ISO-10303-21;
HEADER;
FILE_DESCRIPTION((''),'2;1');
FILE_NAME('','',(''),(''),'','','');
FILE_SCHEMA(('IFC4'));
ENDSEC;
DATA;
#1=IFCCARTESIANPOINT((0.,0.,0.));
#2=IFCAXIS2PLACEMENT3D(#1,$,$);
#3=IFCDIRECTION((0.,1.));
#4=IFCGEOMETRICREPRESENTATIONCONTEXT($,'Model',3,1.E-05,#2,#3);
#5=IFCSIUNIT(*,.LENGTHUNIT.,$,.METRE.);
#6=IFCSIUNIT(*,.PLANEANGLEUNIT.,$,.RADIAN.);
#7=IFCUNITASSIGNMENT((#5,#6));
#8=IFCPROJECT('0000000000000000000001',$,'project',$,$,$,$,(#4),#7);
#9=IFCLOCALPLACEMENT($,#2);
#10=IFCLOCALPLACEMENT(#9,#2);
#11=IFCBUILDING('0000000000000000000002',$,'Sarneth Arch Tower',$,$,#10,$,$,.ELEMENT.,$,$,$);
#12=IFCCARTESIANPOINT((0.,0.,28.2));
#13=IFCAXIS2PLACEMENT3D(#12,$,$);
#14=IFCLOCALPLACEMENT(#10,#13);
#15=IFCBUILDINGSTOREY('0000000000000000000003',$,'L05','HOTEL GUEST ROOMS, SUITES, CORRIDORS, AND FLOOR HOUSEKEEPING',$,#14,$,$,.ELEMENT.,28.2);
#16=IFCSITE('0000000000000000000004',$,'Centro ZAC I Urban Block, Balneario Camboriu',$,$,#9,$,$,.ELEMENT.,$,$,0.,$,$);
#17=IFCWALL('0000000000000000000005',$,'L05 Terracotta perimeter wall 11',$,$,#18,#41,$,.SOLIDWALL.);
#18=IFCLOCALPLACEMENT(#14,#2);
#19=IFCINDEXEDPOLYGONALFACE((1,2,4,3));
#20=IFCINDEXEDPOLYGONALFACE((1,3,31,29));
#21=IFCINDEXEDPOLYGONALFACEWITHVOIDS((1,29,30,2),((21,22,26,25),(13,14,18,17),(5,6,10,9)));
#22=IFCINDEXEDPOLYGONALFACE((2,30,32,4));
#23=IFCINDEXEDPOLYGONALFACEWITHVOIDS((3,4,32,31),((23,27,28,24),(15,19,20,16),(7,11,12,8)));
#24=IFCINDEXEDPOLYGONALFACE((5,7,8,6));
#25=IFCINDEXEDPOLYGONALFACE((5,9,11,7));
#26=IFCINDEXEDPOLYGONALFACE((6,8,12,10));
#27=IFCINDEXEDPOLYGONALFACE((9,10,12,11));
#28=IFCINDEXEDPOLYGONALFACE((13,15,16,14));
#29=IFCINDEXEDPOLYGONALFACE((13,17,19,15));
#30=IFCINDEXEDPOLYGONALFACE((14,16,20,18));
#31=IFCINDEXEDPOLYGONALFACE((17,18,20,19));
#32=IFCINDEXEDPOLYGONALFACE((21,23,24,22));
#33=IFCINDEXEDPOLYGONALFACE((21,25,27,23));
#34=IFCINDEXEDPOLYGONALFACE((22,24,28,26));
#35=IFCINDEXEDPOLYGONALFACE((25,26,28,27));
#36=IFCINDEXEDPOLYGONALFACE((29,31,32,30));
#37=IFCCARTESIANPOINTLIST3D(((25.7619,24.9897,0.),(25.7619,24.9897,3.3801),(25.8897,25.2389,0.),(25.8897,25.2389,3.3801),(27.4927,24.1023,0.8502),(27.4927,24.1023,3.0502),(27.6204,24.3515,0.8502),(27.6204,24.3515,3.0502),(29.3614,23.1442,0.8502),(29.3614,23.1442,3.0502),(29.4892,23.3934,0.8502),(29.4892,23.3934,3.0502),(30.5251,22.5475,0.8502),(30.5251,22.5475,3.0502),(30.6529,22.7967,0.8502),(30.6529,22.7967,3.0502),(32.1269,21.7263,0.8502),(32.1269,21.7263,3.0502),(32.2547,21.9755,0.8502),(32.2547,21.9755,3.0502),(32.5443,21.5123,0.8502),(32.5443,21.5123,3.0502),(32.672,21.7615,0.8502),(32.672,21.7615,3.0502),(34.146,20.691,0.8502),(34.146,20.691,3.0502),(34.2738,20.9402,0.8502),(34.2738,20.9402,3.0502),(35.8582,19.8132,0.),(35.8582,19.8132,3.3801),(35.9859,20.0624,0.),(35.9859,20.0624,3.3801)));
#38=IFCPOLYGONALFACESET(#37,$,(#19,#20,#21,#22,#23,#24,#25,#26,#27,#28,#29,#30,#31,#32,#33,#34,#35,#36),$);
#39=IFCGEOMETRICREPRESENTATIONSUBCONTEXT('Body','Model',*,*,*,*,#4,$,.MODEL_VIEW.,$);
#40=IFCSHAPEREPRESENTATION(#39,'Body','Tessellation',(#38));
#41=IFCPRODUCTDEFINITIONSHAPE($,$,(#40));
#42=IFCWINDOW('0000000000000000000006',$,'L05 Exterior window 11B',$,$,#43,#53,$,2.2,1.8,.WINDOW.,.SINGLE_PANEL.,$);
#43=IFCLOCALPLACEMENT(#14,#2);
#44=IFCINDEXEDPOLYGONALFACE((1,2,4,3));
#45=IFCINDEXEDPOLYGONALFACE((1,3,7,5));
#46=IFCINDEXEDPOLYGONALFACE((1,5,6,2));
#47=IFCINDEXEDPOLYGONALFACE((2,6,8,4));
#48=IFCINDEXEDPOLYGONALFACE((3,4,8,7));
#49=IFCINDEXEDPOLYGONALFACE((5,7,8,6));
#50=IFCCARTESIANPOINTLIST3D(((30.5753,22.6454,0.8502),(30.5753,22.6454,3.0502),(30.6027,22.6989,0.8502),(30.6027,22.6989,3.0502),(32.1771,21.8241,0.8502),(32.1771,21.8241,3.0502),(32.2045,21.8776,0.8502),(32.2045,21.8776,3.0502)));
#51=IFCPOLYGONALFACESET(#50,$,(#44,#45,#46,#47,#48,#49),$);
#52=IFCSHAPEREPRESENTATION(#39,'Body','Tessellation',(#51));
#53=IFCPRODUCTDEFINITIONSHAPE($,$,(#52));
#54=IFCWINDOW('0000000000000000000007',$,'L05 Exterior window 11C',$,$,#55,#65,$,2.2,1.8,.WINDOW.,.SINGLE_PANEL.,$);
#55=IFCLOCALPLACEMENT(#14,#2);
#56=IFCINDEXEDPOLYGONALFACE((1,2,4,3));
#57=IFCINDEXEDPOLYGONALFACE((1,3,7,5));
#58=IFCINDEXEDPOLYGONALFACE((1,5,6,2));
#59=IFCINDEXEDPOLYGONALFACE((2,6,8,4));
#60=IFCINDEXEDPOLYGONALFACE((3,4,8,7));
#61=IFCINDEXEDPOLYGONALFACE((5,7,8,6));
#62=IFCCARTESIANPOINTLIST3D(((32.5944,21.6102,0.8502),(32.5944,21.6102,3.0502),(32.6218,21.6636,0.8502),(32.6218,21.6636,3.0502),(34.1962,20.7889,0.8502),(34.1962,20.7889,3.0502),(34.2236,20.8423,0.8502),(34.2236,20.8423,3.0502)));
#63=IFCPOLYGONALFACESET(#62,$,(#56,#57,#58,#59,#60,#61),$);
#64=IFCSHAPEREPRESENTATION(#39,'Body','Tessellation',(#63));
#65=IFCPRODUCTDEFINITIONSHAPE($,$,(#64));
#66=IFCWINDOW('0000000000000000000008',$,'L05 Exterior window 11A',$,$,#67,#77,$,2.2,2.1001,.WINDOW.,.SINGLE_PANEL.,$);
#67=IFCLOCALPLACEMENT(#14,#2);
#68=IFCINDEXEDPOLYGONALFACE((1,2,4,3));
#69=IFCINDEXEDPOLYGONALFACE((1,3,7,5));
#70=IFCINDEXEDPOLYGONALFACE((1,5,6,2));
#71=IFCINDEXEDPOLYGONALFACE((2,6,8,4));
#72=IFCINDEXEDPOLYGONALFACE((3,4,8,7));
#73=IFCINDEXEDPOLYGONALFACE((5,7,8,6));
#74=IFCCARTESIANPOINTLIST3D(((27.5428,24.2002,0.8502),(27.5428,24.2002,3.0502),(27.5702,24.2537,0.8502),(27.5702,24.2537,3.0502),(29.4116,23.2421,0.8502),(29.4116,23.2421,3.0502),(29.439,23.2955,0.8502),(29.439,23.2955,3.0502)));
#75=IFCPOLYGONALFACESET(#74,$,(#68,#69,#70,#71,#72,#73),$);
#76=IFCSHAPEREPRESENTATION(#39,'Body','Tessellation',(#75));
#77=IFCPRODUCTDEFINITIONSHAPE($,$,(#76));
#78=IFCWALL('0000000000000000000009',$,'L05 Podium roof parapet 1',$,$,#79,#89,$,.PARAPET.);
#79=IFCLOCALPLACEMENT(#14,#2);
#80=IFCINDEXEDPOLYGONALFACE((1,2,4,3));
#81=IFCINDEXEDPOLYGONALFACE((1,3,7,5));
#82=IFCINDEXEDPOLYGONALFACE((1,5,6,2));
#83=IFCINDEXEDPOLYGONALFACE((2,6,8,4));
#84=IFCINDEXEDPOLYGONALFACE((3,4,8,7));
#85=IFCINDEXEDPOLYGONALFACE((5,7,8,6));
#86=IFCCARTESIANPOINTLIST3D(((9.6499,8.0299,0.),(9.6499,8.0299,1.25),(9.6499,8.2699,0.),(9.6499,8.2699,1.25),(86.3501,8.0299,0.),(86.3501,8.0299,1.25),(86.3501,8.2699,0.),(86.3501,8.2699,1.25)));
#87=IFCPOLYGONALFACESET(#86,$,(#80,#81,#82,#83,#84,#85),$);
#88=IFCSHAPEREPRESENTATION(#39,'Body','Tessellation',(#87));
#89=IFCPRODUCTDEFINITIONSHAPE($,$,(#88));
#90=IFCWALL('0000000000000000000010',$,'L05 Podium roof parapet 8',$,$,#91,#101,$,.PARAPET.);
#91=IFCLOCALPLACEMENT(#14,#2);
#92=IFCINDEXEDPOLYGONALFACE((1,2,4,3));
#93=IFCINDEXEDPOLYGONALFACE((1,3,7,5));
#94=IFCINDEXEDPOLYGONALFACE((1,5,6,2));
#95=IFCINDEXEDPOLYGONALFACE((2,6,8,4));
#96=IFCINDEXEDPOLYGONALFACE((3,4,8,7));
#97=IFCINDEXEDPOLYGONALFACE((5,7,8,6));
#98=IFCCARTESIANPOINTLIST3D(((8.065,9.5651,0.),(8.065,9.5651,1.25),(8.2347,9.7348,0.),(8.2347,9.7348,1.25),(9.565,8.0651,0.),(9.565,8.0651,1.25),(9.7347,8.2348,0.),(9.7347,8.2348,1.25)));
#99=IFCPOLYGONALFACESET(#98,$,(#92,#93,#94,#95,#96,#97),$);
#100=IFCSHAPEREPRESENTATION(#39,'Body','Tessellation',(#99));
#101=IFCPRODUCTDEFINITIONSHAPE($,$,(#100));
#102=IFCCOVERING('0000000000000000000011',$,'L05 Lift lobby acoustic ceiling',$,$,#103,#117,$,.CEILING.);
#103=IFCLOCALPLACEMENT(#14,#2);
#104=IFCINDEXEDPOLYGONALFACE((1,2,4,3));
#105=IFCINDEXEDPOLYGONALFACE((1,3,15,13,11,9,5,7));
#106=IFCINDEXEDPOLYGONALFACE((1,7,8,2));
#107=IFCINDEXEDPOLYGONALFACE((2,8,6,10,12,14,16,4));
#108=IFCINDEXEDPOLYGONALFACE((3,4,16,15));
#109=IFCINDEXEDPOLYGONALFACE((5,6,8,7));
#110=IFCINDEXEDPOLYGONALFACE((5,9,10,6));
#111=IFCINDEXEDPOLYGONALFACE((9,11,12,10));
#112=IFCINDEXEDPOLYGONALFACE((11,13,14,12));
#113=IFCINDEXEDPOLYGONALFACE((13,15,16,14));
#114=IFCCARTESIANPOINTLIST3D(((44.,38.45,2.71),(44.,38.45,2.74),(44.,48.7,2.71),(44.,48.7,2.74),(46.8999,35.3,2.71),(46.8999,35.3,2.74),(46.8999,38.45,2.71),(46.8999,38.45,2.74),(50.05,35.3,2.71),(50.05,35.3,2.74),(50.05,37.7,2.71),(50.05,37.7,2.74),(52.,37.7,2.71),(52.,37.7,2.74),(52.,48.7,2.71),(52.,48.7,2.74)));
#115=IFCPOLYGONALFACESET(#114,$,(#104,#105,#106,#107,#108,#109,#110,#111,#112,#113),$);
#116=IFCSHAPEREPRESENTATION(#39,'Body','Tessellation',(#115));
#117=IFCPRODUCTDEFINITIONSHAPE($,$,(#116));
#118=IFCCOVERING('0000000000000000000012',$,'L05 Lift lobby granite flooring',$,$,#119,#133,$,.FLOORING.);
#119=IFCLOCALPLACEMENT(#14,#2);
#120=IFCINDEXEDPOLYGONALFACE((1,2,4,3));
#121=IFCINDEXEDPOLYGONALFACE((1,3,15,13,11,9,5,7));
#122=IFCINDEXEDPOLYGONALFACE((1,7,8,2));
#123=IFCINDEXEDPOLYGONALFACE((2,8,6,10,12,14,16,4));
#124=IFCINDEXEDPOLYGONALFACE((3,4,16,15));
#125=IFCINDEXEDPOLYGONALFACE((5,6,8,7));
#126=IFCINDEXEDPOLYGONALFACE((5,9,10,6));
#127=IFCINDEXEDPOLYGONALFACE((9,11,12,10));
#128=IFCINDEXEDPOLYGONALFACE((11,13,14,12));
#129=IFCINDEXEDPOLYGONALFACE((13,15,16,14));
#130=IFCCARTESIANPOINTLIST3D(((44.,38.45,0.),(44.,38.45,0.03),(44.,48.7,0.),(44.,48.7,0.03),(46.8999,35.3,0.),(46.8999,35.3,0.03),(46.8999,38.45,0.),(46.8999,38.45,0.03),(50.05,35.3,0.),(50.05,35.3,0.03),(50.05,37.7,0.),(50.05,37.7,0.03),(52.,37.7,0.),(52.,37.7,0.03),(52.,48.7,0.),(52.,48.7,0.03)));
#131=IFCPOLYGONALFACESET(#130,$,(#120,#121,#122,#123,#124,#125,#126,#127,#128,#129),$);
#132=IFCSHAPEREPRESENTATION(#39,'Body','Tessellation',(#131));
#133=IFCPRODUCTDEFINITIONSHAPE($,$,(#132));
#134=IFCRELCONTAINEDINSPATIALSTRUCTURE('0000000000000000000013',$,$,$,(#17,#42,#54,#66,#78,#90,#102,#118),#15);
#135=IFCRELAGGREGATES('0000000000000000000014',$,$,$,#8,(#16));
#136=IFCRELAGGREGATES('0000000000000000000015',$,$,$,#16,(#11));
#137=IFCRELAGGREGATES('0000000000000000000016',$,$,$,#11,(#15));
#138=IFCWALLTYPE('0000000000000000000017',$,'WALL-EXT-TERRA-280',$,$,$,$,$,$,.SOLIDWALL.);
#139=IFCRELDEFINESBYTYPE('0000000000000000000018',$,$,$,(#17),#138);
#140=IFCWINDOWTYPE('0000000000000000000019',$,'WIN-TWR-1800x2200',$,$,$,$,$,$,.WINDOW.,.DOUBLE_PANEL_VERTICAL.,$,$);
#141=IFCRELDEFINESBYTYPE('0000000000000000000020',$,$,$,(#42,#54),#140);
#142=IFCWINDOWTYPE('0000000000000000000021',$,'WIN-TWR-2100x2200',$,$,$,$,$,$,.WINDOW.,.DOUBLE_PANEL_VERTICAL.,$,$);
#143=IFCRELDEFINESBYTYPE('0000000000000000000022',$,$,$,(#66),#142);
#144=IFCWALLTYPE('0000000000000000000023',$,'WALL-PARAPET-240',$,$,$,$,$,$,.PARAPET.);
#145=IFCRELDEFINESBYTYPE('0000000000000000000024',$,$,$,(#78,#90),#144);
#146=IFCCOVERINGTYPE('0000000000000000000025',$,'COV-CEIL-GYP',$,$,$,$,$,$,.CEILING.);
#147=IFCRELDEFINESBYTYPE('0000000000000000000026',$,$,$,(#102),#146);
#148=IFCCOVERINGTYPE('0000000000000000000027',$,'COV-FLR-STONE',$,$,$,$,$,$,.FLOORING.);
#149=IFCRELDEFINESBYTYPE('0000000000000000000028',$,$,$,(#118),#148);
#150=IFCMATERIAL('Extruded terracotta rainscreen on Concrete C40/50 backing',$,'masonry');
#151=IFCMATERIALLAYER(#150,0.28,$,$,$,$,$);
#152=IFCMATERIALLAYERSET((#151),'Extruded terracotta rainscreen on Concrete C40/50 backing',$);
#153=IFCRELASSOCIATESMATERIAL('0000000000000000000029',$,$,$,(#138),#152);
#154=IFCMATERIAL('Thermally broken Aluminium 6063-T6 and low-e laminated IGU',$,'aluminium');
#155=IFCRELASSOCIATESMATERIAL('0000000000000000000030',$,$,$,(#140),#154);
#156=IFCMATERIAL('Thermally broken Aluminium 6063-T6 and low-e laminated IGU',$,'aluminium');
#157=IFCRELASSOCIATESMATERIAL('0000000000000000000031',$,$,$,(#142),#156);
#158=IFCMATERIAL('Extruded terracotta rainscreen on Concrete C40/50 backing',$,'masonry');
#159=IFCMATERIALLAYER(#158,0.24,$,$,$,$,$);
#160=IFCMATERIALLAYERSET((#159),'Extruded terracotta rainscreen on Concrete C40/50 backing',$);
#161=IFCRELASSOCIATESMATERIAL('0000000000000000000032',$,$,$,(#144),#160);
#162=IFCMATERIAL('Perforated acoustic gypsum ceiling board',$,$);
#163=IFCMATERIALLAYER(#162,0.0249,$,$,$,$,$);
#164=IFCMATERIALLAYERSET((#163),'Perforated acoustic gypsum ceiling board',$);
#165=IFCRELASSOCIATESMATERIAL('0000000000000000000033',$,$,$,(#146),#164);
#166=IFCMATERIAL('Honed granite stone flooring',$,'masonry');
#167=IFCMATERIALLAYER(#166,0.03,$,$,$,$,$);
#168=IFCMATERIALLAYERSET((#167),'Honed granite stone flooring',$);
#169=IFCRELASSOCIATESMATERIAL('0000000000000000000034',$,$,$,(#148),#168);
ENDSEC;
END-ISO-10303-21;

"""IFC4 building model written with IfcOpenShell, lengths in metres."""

from ifc_helpers import new_model, si_unit, direction, frame, frame_2d, origin, place, context, subcontext, project, spatial, polyline, rectangle, outline, extrude, material, layer, layer_set, type_object, element, fill, save


model = new_model("IFC4")

# Units and contexts
model_context = context("Model", 3, precision=1e-05, world=origin(), true_north=direction((0.0, 1.0)))
body_context = subcontext(model_context, "Body", "Model", "MODEL_VIEW")
ifc_project = project(units=[si_unit("LENGTHUNIT", "METRE"), si_unit("PLANEANGLEUNIT", "RADIAN")], contexts=[model_context])

# Site, building, storey
site_placement = place(None, origin())
site = spatial("IfcSite", under=ifc_project, at=site_placement, Name="Centro ZAC I Urban Block, Balneario Camboriu", CompositionType="ELEMENT", RefElevation=0.0)
building_placement = place(site_placement, origin())
building = spatial("IfcBuilding", under=site, at=building_placement, Name="Sarneth Arch Tower", CompositionType="ELEMENT")
storey_placement = place(building_placement, frame((0.0, 0.0, 28.2)))
storey = spatial("IfcBuildingStorey", under=building, at=storey_placement, Name="L05", Description="HOTEL GUEST ROOMS, SUITES, CORRIDORS, AND FLOOR HOUSEKEEPING", CompositionType="ELEMENT", Elevation=28.2)

# Wall, openings, windows
ifc_material_1 = material(Name="Extruded terracotta rainscreen on Concrete C40/50 backing", Category="masonry")
ifc_layer_1 = layer(ifc_material_1, 0.28)
ifc_layer_set_1 = layer_set([ifc_layer_1], Name="Extruded terracotta rainscreen on Concrete C40/50 backing")
wall_type_1 = type_object("IfcWallType", Name="WALL-EXT-TERRA-280", PredefinedType="SOLIDWALL", material=ifc_layer_set_1)
wall_1_placement = place(storey_placement, frame((25.8259, 25.1143, 0.0), z_axis=(0.0, 0.0, 1.0), x_axis=(0.889854, -0.456245, 0.0)))
wall_1 = element("IfcWall", 1, at=wall_1_placement, inside=storey, type_object=wall_type_1, Name="L05 Terracotta perimeter wall 11", PredefinedType="SOLIDWALL", context=body_context, shape_type="SweptSolid", body=[
    extrude(rectangle(XDim=11.3459, YDim=0.28, at=frame_2d((5.6729, 0.0))), origin(), (0.0, 0.0, 1.0), 3.3801),
])
opening_1_placement = place(wall_1_placement, frame((1.9448, 0.0, 0.8501)))
opening_1 = element("IfcOpeningElement", 2, at=opening_1_placement, cuts=wall_1, PredefinedType="OPENING", context=body_context, shape_type="SweptSolid", body=[
    extrude(rectangle(XDim=2.1001, YDim=2.2, at=frame_2d((1.05, 1.1001))), frame((0.0, 0.1499, 0.0), z_axis=(0.0, -1.0, 0.0), x_axis=(1.0, 0.0, 0.0)), (0.0, 0.0, 1.0), 0.3),
])
opening_2_placement = place(wall_1_placement, frame((5.3528, 0.0, 0.8501)))
opening_2 = element("IfcOpeningElement", 3, at=opening_2_placement, cuts=wall_1, PredefinedType="OPENING", context=body_context, shape_type="SweptSolid", body=[
    extrude(rectangle(XDim=1.8, YDim=2.2, at=frame_2d((0.8999, 1.1001))), frame((0.0, 0.1499, 0.0), z_axis=(0.0, -1.0, 0.0), x_axis=(1.0, 0.0, 0.0)), (0.0, 0.0, 1.0), 0.3),
])
opening_3_placement = place(wall_1_placement, frame((7.6218, 0.0, 0.8501)))
opening_3 = element("IfcOpeningElement", 4, at=opening_3_placement, cuts=wall_1, PredefinedType="OPENING", context=body_context, shape_type="SweptSolid", body=[
    extrude(rectangle(XDim=1.8, YDim=2.2, at=frame_2d((0.8999, 1.1001))), frame((0.0, 0.1499, 0.0), z_axis=(0.0, -1.0, 0.0), x_axis=(1.0, 0.0, 0.0)), (0.0, 0.0, 1.0), 0.3),
])
ifc_material_2 = material(Name="Thermally broken Aluminium 6063-T6 and low-e laminated IGU", Category="aluminium")
window_type_1 = type_object("IfcWindowType", Name="WIN-TWR-1800x2200", PartitioningType="DOUBLE_PANEL_VERTICAL", PredefinedType="WINDOW", material=ifc_material_2)
window_1_placement = place(opening_2_placement, origin())
window_1 = element("IfcWindow", 5, at=window_1_placement, inside=storey, type_object=window_type_1, Name="L05 Exterior window 11B", OverallHeight=2.2, OverallWidth=1.8, PartitioningType="SINGLE_PANEL", PredefinedType="WINDOW", context=body_context, shape_type="SweptSolid", body=[
    extrude(rectangle(XDim=1.8, YDim=2.2, at=frame_2d((0.8999, 1.1001))), frame((0.0, 0.03, 0.0), z_axis=(0.0, -1.0, 0.0), x_axis=(1.0, 0.0, 0.0)), (0.0, 0.0, 1.0), 0.0601),
])
fill(opening_2, window_1)
window_2_placement = place(opening_3_placement, origin())
window_2 = element("IfcWindow", 6, at=window_2_placement, inside=storey, type_object=window_type_1, Name="L05 Exterior window 11C", OverallHeight=2.2, OverallWidth=1.8, PartitioningType="SINGLE_PANEL", PredefinedType="WINDOW", context=body_context, shape_type="SweptSolid", body=[
    extrude(rectangle(XDim=1.8, YDim=2.2, at=frame_2d((0.8999, 1.1001))), frame((0.0, 0.03, 0.0), z_axis=(0.0, -1.0, 0.0), x_axis=(1.0, 0.0, 0.0)), (0.0, 0.0, 1.0), 0.0601),
])
fill(opening_3, window_2)
ifc_material_3 = material(Name="Thermally broken Aluminium 6063-T6 and low-e laminated IGU", Category="aluminium")
window_type_2 = type_object("IfcWindowType", Name="WIN-TWR-2100x2200", PartitioningType="DOUBLE_PANEL_VERTICAL", PredefinedType="WINDOW", material=ifc_material_3)
window_3_placement = place(opening_1_placement, origin())
window_3 = element("IfcWindow", 7, at=window_3_placement, inside=storey, type_object=window_type_2, Name="L05 Exterior window 11A", OverallHeight=2.2, OverallWidth=2.1001, PartitioningType="SINGLE_PANEL", PredefinedType="WINDOW", context=body_context, shape_type="SweptSolid", body=[
    extrude(rectangle(XDim=2.1001, YDim=2.2, at=frame_2d((1.05, 1.1001))), frame((0.0, 0.03, 0.0), z_axis=(0.0, -1.0, 0.0), x_axis=(1.0, 0.0, 0.0)), (0.0, 0.0, 1.0), 0.0601),
])
fill(opening_1, window_3)

# Walls
ifc_material_4 = material(Name="Extruded terracotta rainscreen on Concrete C40/50 backing", Category="masonry")
ifc_layer_2 = layer(ifc_material_4, 0.24)
ifc_layer_set_2 = layer_set([ifc_layer_2], Name="Extruded terracotta rainscreen on Concrete C40/50 backing")
wall_type_2 = type_object("IfcWallType", Name="WALL-PARAPET-240", PredefinedType="PARAPET", material=ifc_layer_set_2)
wall_2_placement = place(storey_placement, frame((9.6499, 8.1499, 0.0), z_axis=(0.0, 0.0, 1.0), x_axis=(1.0, 0.0, 0.0)))
element("IfcWall", 8, at=wall_2_placement, inside=storey, type_object=wall_type_2, Name="L05 Podium roof parapet 1", PredefinedType="PARAPET", context=body_context, shape_type="SweptSolid", body=[
    extrude(rectangle(XDim=76.7002, YDim=0.24, at=frame_2d((38.3501, 0.0))), origin(), (0.0, 0.0, 1.0), 1.25),
])
wall_3_placement = place(storey_placement, frame((8.1499, 9.6499, 0.0), z_axis=(0.0, 0.0, 1.0), x_axis=(0.707107, -0.707107, 0.0)))
element("IfcWall", 9, at=wall_3_placement, inside=storey, type_object=wall_type_2, Name="L05 Podium roof parapet 8", PredefinedType="PARAPET", context=body_context, shape_type="SweptSolid", body=[
    extrude(rectangle(XDim=2.1213, YDim=0.24, at=frame_2d((1.0605, 0.0))), origin(), (0.0, 0.0, 1.0), 1.25),
])

# Coverings
ifc_material_5 = material(Name="Perforated acoustic gypsum ceiling board")
ifc_layer_3 = layer(ifc_material_5, 0.0249)
ifc_layer_set_3 = layer_set([ifc_layer_3], Name="Perforated acoustic gypsum ceiling board")
covering_type_1 = type_object("IfcCoveringType", Name="COV-CEIL-GYP", PredefinedType="CEILING", material=ifc_layer_set_3)
covering_1_placement = place(storey_placement, frame((0.0, 0.0, 2.71)))
element("IfcCovering", 10, at=covering_1_placement, inside=storey, type_object=covering_type_1, Name="L05 Lift lobby acoustic ceiling", PredefinedType="CEILING", context=body_context, shape_type="SweptSolid", body=[
    extrude(outline(polyline([(52.0, 37.7), (50.05, 37.7), (50.05, 35.3), (46.8999, 35.3), (46.8999, 38.45), (44.0, 38.45), (44.0, 48.7), (52.0, 48.7), (52.0, 37.7)])), origin(), (0.0, 0.0, 1.0), 0.03),
])
ifc_material_6 = material(Name="Honed granite stone flooring", Category="masonry")
ifc_layer_4 = layer(ifc_material_6, 0.03)
ifc_layer_set_4 = layer_set([ifc_layer_4], Name="Honed granite stone flooring")
covering_type_2 = type_object("IfcCoveringType", Name="COV-FLR-STONE", PredefinedType="FLOORING", material=ifc_layer_set_4)
covering_2_placement = place(storey_placement, origin())
element("IfcCovering", 11, at=covering_2_placement, inside=storey, type_object=covering_type_2, Name="L05 Lift lobby granite flooring", PredefinedType="FLOORING", context=body_context, shape_type="SweptSolid", body=[
    extrude(outline(polyline([(52.0, 37.7), (50.05, 37.7), (50.05, 35.3), (46.8999, 35.3), (46.8999, 38.45), (44.0, 38.45), (44.0, 48.7), (52.0, 48.7), (52.0, 37.7)])), origin(), (0.0, 0.0, 1.0), 0.03),
])

save(model, "model.ifc")
